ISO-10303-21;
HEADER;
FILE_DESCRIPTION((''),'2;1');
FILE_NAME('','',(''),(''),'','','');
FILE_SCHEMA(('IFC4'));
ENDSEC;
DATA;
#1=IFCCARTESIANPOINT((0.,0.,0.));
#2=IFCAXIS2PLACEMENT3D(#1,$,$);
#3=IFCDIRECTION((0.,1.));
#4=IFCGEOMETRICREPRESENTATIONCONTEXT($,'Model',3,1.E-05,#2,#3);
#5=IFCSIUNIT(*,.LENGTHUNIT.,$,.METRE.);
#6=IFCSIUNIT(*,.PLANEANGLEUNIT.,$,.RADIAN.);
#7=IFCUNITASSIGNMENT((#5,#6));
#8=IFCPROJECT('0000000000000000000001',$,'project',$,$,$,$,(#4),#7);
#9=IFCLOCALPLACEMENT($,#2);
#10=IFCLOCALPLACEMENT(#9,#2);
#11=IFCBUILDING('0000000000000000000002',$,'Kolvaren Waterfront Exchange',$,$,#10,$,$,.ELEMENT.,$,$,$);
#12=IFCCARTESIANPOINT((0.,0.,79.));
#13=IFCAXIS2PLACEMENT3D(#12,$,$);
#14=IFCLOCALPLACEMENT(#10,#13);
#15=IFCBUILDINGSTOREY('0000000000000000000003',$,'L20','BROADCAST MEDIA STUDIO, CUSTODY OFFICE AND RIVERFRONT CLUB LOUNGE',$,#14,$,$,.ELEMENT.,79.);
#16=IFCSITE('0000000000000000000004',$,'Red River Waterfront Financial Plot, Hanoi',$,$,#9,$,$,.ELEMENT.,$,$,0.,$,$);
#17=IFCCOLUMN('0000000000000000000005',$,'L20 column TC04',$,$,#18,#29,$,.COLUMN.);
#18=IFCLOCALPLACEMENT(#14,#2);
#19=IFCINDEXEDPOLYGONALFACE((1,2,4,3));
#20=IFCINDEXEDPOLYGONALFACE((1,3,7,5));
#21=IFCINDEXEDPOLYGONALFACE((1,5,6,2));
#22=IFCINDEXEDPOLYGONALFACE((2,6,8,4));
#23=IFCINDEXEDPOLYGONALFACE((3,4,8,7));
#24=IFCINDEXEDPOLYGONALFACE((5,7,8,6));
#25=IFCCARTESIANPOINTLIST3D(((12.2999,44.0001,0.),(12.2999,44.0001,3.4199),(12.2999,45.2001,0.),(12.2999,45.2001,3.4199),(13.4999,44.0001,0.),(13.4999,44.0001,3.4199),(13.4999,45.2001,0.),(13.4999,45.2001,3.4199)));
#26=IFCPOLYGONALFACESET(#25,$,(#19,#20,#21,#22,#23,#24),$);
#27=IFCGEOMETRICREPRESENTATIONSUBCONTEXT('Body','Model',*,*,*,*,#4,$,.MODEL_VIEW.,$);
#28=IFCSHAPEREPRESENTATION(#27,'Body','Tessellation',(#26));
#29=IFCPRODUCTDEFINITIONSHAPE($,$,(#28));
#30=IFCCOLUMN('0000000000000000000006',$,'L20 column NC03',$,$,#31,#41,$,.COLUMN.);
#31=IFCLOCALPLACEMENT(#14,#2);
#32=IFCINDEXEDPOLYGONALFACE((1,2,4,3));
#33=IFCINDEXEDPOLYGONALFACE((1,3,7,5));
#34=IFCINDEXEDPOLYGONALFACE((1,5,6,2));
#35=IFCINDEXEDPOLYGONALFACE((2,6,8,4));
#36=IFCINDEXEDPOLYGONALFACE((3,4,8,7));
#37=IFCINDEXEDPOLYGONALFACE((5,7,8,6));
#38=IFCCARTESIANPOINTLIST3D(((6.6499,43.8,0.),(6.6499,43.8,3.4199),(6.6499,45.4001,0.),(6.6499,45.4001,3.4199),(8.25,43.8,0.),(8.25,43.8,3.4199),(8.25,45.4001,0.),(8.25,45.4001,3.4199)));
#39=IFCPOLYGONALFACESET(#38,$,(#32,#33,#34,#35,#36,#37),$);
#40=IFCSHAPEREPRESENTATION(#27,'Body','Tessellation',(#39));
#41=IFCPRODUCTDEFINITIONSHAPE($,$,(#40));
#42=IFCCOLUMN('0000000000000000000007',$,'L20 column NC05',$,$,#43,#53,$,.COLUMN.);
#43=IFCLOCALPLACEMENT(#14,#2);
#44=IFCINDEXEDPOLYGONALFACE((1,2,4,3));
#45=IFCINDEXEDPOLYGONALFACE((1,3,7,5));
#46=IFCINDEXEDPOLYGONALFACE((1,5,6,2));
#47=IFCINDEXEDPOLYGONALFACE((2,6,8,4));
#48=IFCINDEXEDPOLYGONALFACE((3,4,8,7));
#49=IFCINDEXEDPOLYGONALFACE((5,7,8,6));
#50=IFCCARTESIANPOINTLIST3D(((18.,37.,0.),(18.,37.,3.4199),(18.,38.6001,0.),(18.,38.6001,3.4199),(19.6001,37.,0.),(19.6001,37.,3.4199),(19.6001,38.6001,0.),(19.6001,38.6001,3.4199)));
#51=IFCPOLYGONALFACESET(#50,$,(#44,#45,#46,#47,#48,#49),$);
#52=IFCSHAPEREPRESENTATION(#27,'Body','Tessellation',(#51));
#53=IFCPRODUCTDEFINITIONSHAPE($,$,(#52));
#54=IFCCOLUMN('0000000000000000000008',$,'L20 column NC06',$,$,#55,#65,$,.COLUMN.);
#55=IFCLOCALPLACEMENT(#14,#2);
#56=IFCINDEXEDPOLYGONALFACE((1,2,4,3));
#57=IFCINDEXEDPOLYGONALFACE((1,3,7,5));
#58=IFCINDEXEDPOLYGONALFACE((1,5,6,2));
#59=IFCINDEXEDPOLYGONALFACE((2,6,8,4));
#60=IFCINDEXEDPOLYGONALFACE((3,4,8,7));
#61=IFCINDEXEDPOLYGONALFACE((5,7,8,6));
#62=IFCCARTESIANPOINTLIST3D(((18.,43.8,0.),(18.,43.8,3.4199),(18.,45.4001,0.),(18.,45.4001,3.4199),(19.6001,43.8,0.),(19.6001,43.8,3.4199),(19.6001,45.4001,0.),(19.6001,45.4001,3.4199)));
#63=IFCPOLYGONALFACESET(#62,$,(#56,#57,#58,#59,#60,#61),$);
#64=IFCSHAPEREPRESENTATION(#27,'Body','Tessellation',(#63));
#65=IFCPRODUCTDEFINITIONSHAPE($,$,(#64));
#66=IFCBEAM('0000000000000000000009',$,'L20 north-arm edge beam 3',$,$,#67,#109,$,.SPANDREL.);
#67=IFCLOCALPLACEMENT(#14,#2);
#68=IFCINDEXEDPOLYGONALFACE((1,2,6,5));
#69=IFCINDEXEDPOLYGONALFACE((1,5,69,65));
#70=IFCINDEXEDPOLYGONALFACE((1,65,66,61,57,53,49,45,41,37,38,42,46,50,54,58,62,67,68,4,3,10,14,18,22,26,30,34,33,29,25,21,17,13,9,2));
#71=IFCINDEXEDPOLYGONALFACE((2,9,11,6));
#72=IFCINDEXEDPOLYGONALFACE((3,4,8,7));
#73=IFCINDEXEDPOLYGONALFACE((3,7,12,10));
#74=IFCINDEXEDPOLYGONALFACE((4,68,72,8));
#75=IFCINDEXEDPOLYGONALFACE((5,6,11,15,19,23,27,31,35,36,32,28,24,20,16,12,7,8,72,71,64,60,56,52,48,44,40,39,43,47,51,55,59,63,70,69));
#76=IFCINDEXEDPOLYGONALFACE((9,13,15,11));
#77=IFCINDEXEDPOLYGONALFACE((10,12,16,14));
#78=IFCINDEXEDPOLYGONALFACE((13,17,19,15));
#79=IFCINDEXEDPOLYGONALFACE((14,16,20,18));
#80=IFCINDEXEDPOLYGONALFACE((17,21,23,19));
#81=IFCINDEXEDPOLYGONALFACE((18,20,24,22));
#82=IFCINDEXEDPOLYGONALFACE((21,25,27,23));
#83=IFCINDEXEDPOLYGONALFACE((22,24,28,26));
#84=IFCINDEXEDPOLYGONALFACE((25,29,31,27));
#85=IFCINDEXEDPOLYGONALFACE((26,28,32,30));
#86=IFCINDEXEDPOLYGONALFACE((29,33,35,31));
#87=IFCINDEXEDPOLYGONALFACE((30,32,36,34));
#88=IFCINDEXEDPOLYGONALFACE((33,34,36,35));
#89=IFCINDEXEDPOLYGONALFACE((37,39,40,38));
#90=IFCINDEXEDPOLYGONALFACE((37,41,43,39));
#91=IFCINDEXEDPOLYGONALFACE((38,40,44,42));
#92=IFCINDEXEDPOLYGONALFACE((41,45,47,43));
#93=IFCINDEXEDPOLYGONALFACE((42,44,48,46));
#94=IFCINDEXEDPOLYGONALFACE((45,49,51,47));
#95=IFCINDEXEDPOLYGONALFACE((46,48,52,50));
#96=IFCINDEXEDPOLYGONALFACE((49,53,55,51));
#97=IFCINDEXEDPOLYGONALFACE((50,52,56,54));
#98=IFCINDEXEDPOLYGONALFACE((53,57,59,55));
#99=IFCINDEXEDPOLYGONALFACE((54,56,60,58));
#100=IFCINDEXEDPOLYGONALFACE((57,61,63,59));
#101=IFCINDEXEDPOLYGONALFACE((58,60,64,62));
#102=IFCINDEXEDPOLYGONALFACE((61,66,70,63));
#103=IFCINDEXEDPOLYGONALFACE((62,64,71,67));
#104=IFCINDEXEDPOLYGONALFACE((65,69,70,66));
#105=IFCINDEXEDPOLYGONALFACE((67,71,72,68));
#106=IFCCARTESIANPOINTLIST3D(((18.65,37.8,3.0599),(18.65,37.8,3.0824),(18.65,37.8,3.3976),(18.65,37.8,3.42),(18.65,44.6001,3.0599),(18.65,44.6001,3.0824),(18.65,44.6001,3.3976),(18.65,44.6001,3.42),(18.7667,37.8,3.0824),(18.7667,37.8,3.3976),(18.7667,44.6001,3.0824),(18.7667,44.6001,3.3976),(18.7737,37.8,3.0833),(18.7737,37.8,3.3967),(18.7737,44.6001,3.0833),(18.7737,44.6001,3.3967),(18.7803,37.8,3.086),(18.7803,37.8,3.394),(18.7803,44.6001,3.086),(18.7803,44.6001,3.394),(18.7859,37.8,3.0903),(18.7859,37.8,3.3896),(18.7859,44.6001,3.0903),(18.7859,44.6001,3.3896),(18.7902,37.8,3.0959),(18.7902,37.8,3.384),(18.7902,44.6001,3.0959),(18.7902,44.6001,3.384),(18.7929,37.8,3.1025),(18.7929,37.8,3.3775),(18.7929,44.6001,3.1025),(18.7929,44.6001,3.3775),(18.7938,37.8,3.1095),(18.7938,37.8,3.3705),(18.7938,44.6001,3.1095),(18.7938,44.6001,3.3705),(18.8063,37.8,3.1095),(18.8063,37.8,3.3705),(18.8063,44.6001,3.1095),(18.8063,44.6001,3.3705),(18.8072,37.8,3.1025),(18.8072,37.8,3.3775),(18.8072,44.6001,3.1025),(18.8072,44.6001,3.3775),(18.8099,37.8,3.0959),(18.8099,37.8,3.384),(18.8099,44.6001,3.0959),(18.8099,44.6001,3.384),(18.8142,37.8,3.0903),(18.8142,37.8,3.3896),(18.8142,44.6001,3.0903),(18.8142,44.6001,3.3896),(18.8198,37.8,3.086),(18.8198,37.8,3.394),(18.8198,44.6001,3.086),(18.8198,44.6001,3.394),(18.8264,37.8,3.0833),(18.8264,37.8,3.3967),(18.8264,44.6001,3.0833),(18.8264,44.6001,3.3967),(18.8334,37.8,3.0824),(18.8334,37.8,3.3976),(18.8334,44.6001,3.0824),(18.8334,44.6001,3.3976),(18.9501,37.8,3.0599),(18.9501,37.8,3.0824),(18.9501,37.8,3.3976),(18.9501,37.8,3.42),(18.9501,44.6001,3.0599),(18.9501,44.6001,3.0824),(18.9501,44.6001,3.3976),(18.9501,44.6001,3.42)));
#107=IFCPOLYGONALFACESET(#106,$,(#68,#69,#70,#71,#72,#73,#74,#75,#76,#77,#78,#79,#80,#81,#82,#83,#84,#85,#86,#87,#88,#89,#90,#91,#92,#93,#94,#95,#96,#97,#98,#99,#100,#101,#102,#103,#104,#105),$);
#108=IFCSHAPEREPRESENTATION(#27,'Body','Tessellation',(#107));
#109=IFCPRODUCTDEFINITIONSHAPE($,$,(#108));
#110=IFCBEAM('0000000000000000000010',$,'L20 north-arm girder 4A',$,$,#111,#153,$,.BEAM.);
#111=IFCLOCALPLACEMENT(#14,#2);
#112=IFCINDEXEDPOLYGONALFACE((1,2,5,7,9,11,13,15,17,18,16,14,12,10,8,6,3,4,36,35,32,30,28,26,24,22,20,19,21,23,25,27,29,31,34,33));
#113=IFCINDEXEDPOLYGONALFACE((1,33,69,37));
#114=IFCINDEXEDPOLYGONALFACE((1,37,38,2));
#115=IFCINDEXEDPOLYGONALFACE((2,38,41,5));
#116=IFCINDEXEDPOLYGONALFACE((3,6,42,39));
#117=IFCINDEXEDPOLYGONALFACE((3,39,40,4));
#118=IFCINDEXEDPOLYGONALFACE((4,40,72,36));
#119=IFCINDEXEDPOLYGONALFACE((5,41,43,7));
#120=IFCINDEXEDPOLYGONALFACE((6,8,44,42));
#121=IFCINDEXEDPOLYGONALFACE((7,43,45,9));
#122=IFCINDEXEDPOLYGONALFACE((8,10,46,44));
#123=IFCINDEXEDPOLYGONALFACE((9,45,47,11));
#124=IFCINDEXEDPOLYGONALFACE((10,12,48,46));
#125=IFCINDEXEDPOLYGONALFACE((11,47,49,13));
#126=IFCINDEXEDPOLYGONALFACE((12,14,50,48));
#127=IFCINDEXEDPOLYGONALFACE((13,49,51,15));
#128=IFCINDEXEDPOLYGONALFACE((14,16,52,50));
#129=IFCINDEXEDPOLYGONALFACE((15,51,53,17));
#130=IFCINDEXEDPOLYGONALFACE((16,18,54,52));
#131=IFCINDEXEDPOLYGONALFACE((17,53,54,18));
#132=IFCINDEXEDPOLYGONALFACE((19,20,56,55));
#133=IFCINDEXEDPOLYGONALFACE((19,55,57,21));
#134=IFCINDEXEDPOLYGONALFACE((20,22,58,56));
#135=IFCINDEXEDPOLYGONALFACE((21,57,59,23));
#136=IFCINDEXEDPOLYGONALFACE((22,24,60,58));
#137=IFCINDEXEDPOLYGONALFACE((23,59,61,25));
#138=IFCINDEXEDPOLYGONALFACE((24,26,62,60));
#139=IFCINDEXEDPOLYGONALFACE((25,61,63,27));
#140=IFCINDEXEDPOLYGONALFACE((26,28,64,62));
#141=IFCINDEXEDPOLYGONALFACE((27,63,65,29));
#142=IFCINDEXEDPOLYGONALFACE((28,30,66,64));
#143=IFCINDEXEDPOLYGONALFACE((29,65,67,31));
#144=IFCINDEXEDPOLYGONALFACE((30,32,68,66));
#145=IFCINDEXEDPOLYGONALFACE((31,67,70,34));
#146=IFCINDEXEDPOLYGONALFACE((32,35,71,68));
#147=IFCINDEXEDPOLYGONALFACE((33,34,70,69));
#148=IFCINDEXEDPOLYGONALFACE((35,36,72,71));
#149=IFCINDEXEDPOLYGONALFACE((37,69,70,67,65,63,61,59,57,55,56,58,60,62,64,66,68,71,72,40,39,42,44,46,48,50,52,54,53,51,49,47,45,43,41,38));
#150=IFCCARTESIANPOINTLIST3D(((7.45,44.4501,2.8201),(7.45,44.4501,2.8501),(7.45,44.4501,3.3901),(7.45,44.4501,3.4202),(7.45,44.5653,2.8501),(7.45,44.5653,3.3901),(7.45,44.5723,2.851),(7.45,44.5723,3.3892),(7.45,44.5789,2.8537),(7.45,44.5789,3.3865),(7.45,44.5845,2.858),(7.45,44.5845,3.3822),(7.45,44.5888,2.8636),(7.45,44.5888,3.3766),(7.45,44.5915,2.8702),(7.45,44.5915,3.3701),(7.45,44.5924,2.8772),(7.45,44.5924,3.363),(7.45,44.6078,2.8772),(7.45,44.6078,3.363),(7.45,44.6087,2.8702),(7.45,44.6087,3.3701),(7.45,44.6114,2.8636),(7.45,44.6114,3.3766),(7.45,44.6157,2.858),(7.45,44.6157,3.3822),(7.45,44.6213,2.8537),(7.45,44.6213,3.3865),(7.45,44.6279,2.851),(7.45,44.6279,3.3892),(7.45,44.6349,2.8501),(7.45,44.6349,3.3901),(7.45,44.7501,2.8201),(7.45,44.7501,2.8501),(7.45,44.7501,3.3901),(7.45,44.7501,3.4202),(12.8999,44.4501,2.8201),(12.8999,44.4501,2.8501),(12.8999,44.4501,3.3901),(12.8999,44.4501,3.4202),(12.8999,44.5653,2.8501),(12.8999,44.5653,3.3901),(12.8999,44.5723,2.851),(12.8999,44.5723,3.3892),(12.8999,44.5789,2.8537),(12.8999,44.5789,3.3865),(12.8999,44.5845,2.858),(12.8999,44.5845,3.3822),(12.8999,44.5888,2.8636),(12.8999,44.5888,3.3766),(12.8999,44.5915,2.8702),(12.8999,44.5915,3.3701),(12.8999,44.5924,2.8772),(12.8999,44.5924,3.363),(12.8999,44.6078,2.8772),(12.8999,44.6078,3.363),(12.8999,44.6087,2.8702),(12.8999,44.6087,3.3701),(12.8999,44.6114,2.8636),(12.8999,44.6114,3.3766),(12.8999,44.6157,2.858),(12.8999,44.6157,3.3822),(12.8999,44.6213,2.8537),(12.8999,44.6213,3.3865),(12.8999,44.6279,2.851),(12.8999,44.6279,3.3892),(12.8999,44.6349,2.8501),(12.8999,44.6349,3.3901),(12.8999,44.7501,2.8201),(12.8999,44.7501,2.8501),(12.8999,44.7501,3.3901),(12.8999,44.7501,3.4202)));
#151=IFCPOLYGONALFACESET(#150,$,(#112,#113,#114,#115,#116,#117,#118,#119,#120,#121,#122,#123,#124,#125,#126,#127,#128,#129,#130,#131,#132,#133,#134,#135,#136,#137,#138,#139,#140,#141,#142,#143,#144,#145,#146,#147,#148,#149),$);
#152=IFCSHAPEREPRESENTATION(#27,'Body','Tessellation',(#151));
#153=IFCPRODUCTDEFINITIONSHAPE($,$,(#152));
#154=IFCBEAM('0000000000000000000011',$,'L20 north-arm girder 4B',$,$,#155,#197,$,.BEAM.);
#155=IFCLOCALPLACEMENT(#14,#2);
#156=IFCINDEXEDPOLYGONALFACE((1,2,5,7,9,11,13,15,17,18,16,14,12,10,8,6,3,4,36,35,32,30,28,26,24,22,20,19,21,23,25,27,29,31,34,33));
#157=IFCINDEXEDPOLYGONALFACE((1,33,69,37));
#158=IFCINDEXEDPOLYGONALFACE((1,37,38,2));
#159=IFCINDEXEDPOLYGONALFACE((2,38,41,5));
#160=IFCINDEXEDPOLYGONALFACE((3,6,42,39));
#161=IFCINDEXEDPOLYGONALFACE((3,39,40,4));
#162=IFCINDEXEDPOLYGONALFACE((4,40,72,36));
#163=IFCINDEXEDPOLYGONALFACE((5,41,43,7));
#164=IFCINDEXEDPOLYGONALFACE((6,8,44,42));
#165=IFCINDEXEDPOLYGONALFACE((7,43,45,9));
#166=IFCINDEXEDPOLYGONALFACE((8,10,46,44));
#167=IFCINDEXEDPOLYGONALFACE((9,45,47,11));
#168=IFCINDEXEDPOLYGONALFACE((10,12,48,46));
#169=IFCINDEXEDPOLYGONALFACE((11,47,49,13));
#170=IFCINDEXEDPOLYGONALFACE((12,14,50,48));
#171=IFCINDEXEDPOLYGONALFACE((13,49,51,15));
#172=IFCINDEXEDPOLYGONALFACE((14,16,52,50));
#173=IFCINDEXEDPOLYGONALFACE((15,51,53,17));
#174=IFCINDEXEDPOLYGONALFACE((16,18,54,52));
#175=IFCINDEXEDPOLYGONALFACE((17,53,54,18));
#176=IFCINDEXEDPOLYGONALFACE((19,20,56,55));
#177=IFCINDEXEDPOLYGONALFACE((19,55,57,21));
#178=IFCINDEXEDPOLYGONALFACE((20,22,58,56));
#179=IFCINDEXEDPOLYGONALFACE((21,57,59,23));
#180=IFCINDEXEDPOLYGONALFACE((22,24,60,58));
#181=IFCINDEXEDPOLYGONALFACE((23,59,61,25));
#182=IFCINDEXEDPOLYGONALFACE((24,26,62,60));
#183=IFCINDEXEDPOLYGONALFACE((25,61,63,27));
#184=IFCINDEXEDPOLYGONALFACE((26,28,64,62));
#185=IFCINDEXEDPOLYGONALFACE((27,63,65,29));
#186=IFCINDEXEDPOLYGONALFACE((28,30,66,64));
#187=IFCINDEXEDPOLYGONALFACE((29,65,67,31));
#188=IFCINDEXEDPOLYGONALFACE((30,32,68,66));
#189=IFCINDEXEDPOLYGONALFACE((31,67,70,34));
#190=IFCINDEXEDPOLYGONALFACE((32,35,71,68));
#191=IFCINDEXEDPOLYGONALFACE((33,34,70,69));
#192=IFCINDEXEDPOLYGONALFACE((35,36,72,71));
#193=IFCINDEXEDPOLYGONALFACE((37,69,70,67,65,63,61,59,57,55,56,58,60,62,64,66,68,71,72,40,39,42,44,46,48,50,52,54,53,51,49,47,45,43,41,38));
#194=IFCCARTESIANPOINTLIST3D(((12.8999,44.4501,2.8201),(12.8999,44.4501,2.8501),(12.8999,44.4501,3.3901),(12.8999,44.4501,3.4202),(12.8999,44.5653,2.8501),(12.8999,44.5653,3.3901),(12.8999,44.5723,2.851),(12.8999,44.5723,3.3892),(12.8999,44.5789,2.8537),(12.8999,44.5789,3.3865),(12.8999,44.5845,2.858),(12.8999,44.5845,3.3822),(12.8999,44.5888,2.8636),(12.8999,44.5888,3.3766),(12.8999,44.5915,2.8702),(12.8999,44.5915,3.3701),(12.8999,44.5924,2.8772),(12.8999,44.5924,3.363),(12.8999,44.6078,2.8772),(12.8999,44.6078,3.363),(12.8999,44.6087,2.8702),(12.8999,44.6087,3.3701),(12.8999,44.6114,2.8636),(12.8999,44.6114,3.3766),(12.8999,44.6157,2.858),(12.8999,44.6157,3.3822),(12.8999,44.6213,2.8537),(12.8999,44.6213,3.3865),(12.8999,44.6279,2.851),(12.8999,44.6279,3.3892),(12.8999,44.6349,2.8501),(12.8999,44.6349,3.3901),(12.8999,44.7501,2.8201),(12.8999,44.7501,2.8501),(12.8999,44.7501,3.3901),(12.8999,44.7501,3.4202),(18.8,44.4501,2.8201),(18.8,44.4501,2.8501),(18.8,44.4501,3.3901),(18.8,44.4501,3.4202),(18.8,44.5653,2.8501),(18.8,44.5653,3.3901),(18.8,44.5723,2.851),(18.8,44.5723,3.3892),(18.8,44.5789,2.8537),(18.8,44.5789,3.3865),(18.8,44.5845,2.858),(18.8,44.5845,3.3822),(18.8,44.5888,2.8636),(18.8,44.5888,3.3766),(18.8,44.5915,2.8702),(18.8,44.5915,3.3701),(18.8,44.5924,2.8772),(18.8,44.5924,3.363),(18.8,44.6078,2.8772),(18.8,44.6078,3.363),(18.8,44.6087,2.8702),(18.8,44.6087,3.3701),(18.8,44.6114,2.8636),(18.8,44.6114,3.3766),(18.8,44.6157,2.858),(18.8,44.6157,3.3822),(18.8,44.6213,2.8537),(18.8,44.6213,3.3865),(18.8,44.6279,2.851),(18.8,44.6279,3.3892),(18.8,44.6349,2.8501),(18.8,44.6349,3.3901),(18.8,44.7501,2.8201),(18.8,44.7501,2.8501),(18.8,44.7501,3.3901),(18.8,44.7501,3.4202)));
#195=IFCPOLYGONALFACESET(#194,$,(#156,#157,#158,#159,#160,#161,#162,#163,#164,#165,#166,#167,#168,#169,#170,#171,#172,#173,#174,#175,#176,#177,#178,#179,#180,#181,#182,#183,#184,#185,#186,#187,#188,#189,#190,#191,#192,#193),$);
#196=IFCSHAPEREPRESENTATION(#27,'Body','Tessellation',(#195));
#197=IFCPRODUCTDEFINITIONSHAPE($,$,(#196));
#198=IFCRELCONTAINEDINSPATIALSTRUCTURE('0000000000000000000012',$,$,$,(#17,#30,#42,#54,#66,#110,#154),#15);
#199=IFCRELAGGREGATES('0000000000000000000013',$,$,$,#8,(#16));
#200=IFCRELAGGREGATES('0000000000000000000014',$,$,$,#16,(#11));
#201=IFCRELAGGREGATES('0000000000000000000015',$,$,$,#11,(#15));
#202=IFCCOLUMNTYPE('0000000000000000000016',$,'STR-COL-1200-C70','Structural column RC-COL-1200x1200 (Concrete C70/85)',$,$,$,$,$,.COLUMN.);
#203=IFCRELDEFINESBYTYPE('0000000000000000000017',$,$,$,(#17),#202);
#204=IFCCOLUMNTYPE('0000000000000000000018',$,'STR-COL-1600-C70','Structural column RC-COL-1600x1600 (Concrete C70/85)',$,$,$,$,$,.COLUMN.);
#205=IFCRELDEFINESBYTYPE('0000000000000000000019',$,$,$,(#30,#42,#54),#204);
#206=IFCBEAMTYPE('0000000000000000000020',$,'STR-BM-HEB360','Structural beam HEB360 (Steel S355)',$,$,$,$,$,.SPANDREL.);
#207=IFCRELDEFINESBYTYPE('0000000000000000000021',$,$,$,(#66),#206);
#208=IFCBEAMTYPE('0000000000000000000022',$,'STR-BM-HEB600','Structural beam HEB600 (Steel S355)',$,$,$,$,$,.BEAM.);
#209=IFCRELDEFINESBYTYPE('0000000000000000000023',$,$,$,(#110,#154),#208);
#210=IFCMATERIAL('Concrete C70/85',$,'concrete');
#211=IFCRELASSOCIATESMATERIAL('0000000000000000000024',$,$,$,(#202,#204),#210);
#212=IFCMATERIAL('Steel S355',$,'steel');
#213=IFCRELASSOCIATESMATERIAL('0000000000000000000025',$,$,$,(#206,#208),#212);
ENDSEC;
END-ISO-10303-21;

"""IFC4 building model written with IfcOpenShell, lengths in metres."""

from ifc_helpers import new_model, si_unit, direction, frame, origin, origin_2d, place, context, subcontext, project, spatial, rectangle, i_section, extrude, material, material_profile, profile_set, type_object, element, save


model = new_model("IFC4")

# Units and contexts
model_context = context("Model", 3, precision=1e-05, world=origin(), true_north=direction((0.0, 1.0)))
body_context = subcontext(model_context, "Body", "Model", "MODEL_VIEW")
ifc_project = project(units=[si_unit("LENGTHUNIT", "METRE"), si_unit("PLANEANGLEUNIT", "RADIAN")], contexts=[model_context])

# Site, building, storey
site_placement = place(None, origin())
site = spatial("IfcSite", under=ifc_project, at=site_placement, Name="Red River Waterfront Financial Plot, Hanoi", CompositionType="ELEMENT", RefElevation=0.0)
building_placement = place(site_placement, origin())
building = spatial("IfcBuilding", under=site, at=building_placement, Name="Kolvaren Waterfront Exchange", CompositionType="ELEMENT")
storey_placement = place(building_placement, frame((0.0, 0.0, 79.0)))
storey = spatial("IfcBuildingStorey", under=building, at=storey_placement, Name="L20", Description="BROADCAST MEDIA STUDIO, CUSTODY OFFICE AND RIVERFRONT CLUB LOUNGE", CompositionType="ELEMENT", Elevation=79.0)

# Columns
ifc_material_1 = material(Name="Concrete C70/85", Category="concrete")
ifc_material_profile_1 = material_profile(ifc_material_1, rectangle(XDim=1.2, YDim=1.2, at=origin_2d()), Name="RC-COL-1200x1200")
ifc_profile_set_1 = profile_set([ifc_material_profile_1], Name="Concrete C70/85")
column_type_1 = type_object("IfcColumnType", Name="STR-COL-1200-C70", Description="Structural column RC-COL-1200x1200 (Concrete C70/85)", PredefinedType="COLUMN", material=ifc_profile_set_1)
column_placement = place(storey_placement, frame((12.8999, 44.6001, 0.0), z_axis=(0.0, 0.0, 1.0), x_axis=(1.0, 0.0, 0.0)))
element("IfcColumn", 1, at=column_placement, inside=storey, type_object=column_type_1, Name="L20 column TC04", PredefinedType="COLUMN", context=body_context, shape_type="SweptSolid", body=[
    extrude(rectangle(XDim=1.2, YDim=1.2, at=origin_2d()), origin(), (0.0, 0.0, 1.0), 3.4199),
])
ifc_material_profile_2 = material_profile(ifc_material_1, rectangle(XDim=1.6001, YDim=1.6001, at=origin_2d()), Name="RC-COL-1600x1600")
ifc_profile_set_2 = profile_set([ifc_material_profile_2], Name="Concrete C70/85")
column_type_2 = type_object("IfcColumnType", Name="STR-COL-1600-C70", Description="Structural column RC-COL-1600x1600 (Concrete C70/85)", PredefinedType="COLUMN", material=ifc_profile_set_2)
for number, where, z_axis, x_axis, name in (
    (2, (7.45, 44.6001, 0.0), (0.0, 0.0, 1.0), (1.0, 0.0, 0.0), "L20 column NC03"),
    (3, (18.8, 37.8, 0.0), (0.0, 0.0, 1.0), (1.0, 0.0, 0.0), "L20 column NC05"),
    (4, (18.8, 44.6001, 0.0), (0.0, 0.0, 1.0), (1.0, 0.0, 0.0), "L20 column NC06"),
):
    element("IfcColumn", number, at=place(storey_placement, frame(where, z_axis=z_axis, x_axis=x_axis)), inside=storey, type_object=column_type_2, Name=name, PredefinedType="COLUMN", context=body_context, shape_type="SweptSolid", body=[
        extrude(rectangle(XDim=1.6001, YDim=1.6001, at=origin_2d()), origin(), (0.0, 0.0, 1.0), 3.4199),
    ])

# Beams
ifc_material_2 = material(Name="Steel S355", Category="steel")
ifc_material_profile_3 = material_profile(ifc_material_2, i_section(OverallWidth=0.3, OverallDepth=0.3601, WebThickness=0.0125, FlangeThickness=0.0225, FilletRadius=0.0271, at=origin_2d()), Name="HEB360")
ifc_profile_set_3 = profile_set([ifc_material_profile_3], Name="Steel S355")
beam_type_1 = type_object("IfcBeamType", Name="STR-BM-HEB360", Description="Structural beam HEB360 (Steel S355)", PredefinedType="SPANDREL", material=ifc_profile_set_3)
beam_1_placement = place(storey_placement, frame((18.8, 37.8, 3.24), z_axis=(0.0, 1.0, 0.0), x_axis=(-1.0, 0.0, 0.0)))
element("IfcBeam", 5, at=beam_1_placement, inside=storey, type_object=beam_type_1, Name="L20 north-arm edge beam 3", PredefinedType="SPANDREL", context=body_context, shape_type="SweptSolid", body=[
    extrude(i_section(OverallWidth=0.3, OverallDepth=0.3601, WebThickness=0.0125, FlangeThickness=0.0225, FilletRadius=0.0271, at=origin_2d()), origin(), (0.0, 0.0, 1.0), 6.8),
])
ifc_material_profile_4 = material_profile(ifc_material_2, i_section(OverallWidth=0.3, OverallDepth=0.6001, WebThickness=0.0154, FlangeThickness=0.03, FilletRadius=0.0271, at=origin_2d()), Name="HEB600")
ifc_profile_set_4 = profile_set([ifc_material_profile_4], Name="Steel S355")
beam_type_2 = type_object("IfcBeamType", Name="STR-BM-HEB600", Description="Structural beam HEB600 (Steel S355)", PredefinedType="BEAM", material=ifc_profile_set_4)
beam_2_placement = place(storey_placement, frame((7.45, 44.6001, 3.1201), z_axis=(1.0, 0.0, 0.0), x_axis=(0.0, 1.0, 0.0)))
element("IfcBeam", 6, at=beam_2_placement, inside=storey, type_object=beam_type_2, Name="L20 north-arm girder 4A", PredefinedType="BEAM", context=body_context, shape_type="SweptSolid", body=[
    extrude(i_section(OverallWidth=0.3, OverallDepth=0.6001, WebThickness=0.0154, FlangeThickness=0.03, FilletRadius=0.0271, at=origin_2d()), origin(), (0.0, 0.0, 1.0), 5.45),
])
beam_3_placement = place(storey_placement, frame((12.8999, 44.6001, 3.1201), z_axis=(1.0, 0.0, 0.0), x_axis=(0.0, 1.0, 0.0)))
element("IfcBeam", 7, at=beam_3_placement, inside=storey, type_object=beam_type_2, Name="L20 north-arm girder 4B", PredefinedType="BEAM", context=body_context, shape_type="SweptSolid", body=[
    extrude(i_section(OverallWidth=0.3, OverallDepth=0.6001, WebThickness=0.0154, FlangeThickness=0.03, FilletRadius=0.0271, at=origin_2d()), origin(), (0.0, 0.0, 1.0), 5.9001),
])

save(model, "model.ifc")
